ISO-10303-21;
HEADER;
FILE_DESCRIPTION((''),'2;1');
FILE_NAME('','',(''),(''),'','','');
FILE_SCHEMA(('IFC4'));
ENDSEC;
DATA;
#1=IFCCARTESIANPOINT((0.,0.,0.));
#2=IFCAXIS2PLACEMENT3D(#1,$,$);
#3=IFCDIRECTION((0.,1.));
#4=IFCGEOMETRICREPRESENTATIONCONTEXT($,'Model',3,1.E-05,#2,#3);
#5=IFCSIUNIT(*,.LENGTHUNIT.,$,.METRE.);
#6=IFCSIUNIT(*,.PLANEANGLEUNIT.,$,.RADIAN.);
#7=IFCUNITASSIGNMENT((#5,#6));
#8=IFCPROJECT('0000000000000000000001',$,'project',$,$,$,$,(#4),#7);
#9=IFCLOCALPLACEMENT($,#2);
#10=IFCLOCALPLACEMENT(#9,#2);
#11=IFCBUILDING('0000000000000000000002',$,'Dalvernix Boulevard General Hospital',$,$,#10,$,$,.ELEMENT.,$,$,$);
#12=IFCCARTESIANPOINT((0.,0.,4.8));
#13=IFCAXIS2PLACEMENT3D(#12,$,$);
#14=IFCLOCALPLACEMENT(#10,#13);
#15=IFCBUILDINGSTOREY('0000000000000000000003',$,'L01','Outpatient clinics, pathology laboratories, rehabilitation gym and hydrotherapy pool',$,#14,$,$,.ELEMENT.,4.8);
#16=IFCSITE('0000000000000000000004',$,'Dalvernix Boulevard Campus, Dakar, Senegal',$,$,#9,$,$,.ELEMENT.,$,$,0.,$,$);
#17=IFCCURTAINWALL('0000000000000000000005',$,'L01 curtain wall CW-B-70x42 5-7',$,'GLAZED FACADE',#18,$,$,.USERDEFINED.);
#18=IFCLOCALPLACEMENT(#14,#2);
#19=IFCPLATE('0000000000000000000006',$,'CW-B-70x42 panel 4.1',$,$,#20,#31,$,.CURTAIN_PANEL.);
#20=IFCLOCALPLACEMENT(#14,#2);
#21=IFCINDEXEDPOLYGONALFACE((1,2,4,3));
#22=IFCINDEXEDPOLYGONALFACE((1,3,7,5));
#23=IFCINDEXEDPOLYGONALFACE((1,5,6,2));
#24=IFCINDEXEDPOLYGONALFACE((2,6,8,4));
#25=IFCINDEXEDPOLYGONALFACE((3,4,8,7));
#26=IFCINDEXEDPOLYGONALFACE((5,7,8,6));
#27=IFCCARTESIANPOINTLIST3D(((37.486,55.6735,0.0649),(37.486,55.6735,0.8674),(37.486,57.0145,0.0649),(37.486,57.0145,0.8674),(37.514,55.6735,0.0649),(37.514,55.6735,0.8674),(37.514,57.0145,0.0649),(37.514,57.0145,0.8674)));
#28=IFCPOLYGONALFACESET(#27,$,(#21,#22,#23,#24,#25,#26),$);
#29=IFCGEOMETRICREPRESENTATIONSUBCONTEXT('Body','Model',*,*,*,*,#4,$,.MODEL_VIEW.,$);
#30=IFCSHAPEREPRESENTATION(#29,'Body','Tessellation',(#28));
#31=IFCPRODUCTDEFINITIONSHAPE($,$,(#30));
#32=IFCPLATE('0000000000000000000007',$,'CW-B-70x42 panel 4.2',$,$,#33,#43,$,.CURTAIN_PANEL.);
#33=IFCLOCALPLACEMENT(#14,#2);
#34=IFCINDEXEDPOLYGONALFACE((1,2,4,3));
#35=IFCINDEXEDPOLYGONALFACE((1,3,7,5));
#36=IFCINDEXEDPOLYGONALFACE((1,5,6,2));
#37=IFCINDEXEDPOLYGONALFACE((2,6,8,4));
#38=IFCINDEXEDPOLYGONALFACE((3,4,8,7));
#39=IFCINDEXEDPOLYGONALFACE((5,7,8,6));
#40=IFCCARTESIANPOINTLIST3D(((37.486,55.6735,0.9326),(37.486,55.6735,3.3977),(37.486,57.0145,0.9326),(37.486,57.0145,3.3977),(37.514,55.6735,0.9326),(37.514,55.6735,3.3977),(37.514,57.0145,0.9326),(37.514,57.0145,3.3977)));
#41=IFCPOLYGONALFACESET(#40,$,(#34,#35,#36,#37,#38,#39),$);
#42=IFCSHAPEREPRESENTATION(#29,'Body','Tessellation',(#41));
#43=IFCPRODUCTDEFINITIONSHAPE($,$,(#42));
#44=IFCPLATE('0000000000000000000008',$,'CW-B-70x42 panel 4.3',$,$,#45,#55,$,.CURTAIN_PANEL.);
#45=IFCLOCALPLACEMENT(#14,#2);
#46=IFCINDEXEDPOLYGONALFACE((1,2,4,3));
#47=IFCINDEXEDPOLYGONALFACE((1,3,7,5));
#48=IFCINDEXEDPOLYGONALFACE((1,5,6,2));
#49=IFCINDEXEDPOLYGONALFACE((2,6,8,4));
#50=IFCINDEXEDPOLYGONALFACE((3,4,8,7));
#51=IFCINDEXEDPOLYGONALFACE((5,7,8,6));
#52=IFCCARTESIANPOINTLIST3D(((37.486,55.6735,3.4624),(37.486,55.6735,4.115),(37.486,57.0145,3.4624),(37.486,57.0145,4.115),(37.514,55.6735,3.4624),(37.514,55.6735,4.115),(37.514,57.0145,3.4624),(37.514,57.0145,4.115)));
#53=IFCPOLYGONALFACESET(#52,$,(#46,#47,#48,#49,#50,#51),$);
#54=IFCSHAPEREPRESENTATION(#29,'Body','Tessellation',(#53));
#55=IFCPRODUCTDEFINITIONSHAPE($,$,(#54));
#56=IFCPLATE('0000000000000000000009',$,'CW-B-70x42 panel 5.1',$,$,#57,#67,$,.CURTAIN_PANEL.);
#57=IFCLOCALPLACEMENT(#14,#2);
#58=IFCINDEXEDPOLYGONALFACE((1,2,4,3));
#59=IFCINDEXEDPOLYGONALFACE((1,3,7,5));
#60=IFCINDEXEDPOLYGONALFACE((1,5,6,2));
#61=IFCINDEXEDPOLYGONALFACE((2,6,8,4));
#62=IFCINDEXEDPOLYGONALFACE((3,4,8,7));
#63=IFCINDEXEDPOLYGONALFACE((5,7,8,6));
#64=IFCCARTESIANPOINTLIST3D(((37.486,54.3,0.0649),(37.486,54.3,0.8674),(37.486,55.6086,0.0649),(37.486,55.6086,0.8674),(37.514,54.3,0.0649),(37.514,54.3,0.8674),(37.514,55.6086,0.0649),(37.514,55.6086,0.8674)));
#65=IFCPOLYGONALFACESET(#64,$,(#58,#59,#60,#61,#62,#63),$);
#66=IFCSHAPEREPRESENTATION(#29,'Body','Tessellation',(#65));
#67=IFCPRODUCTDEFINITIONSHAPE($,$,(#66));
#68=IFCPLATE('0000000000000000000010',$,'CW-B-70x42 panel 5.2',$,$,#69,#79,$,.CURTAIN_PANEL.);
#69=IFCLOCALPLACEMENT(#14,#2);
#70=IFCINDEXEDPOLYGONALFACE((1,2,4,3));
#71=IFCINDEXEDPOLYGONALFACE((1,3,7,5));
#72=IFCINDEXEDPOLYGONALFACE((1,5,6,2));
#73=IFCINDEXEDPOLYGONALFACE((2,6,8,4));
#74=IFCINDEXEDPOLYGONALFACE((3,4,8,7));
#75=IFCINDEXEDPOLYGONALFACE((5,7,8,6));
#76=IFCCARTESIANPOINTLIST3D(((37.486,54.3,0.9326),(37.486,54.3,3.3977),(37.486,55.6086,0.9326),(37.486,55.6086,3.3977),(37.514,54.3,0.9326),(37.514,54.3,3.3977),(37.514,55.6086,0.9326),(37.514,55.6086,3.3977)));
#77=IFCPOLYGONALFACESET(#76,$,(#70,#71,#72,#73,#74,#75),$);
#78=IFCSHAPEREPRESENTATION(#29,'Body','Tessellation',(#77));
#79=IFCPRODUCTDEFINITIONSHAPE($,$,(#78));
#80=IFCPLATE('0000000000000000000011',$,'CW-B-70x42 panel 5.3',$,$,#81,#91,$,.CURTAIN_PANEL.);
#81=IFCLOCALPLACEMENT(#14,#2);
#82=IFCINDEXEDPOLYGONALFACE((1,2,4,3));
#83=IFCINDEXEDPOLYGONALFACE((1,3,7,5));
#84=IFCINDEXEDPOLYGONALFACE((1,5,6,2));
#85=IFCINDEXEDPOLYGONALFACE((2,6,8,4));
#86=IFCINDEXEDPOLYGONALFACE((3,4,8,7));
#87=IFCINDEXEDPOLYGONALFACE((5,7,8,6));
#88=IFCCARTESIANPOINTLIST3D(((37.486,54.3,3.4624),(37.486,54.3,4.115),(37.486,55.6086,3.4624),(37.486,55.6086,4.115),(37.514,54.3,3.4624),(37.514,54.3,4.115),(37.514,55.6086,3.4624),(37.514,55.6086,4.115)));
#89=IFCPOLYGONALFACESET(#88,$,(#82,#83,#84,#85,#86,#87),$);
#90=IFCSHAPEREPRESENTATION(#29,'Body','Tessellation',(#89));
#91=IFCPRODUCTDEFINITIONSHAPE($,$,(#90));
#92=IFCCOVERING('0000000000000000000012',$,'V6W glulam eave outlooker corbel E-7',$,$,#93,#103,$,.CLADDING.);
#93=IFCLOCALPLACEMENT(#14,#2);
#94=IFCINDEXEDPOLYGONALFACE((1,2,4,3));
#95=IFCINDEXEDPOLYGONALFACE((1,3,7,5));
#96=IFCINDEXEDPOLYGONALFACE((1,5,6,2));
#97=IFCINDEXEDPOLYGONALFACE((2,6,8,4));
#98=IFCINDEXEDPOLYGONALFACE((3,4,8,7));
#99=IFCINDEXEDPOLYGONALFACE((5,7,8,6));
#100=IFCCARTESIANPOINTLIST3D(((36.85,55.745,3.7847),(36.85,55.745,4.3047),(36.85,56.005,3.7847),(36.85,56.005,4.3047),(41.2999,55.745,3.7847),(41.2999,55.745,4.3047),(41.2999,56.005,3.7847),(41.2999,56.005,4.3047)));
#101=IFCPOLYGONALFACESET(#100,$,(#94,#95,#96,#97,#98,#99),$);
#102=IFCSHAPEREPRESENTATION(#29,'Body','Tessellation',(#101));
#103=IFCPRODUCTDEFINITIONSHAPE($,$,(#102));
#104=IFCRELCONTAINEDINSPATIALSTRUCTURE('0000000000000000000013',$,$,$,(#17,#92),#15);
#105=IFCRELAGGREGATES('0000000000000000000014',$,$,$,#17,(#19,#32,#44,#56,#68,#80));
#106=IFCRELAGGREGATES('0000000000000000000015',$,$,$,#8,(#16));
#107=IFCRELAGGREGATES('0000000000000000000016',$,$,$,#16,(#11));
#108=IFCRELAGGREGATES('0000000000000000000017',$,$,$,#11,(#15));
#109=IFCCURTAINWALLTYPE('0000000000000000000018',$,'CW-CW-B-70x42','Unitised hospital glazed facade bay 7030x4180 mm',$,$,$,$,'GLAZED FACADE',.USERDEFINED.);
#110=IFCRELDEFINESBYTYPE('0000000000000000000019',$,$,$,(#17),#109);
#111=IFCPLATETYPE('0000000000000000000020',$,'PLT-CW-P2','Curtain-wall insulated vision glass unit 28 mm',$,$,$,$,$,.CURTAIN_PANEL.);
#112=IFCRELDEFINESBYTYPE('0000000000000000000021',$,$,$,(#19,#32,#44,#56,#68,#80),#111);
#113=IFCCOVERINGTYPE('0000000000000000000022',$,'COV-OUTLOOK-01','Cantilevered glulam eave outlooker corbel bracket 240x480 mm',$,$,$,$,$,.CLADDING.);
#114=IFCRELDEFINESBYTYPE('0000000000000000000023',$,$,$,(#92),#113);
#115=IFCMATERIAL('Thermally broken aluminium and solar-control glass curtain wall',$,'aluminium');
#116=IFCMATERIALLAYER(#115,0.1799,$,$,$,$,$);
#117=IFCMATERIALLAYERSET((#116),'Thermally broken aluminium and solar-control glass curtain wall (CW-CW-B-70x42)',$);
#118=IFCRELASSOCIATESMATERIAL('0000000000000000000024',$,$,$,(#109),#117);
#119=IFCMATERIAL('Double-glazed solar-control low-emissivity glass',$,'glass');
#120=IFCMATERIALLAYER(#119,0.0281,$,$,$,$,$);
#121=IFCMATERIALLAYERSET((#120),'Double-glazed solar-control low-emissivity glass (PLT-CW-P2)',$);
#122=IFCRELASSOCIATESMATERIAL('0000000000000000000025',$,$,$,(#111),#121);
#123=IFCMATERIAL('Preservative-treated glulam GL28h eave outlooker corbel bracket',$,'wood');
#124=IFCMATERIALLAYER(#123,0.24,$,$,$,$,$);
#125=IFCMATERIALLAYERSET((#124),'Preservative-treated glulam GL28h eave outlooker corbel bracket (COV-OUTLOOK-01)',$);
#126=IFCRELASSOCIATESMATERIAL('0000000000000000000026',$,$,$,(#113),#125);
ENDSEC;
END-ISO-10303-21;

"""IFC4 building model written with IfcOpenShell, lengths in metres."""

from ifc_helpers import new_model, si_unit, direction, frame, origin, origin_2d, place, context, subcontext, project, spatial, rectangle, extrude, material, layer, layer_set, type_object, element, aggregate, save


model = new_model("IFC4")

# Units and contexts
model_context = context("Model", 3, precision=1e-05, world=origin(), true_north=direction((0.0, 1.0)))
body_context = subcontext(model_context, "Body", "Model", "MODEL_VIEW")
ifc_project = project(units=[si_unit("LENGTHUNIT", "METRE"), si_unit("PLANEANGLEUNIT", "RADIAN")], contexts=[model_context])

# Site, building, storey
site_placement = place(None, origin())
site = spatial("IfcSite", under=ifc_project, at=site_placement, Name="Dalvernix Boulevard Campus, Dakar, Senegal", CompositionType="ELEMENT", RefElevation=0.0)
building_placement = place(site_placement, origin())
building = spatial("IfcBuilding", under=site, at=building_placement, Name="Dalvernix Boulevard General Hospital", CompositionType="ELEMENT")
storey_placement = place(building_placement, frame((0.0, 0.0, 4.8)))
storey = spatial("IfcBuildingStorey", under=building, at=storey_placement, Name="L01", Description="Outpatient clinics, pathology laboratories, rehabilitation gym and hydrotherapy pool", CompositionType="ELEMENT", Elevation=4.8)

# Shared definitions
ifc_material_1 = material(Name="Thermally broken aluminium and solar-control glass curtain wall", Category="aluminium")

# Curtain wall
ifc_layer_1 = layer(ifc_material_1, 0.1799)
ifc_layer_set_1 = layer_set([ifc_layer_1], Name="Thermally broken aluminium and solar-control glass curtain wall (CW-CW-B-70x42)")
curtain_wall_type_1 = type_object("IfcCurtainWallType", Name="CW-CW-B-70x42", Description="Unitised hospital glazed facade bay 7030x4180 mm", ElementType="GLAZED FACADE", PredefinedType="USERDEFINED", material=ifc_layer_set_1)
curtain_wall_1_placement = place(storey_placement, origin())
curtain_wall_1 = element("IfcCurtainWall", 1, at=curtain_wall_1_placement, inside=storey, type_object=curtain_wall_type_1, Name="L01 curtain wall CW-B-70x42 5-7", ObjectType="GLAZED FACADE", PredefinedType="USERDEFINED")

# Plates
ifc_material_2 = material(Name="Double-glazed solar-control low-emissivity glass", Category="glass")
ifc_layer_2 = layer(ifc_material_2, 0.0281)
ifc_layer_set_2 = layer_set([ifc_layer_2], Name="Double-glazed solar-control low-emissivity glass (PLT-CW-P2)")
plate_type = type_object("IfcPlateType", Name="PLT-CW-P2", Description="Curtain-wall insulated vision glass unit 28 mm", PredefinedType="CURTAIN_PANEL", material=ifc_layer_set_2)
plate_1_placement = place(storey_placement, frame((37.5, 56.344, 0.0649), z_axis=(0.0, 0.0, 1.0), x_axis=(0.0, -1.0, 0.0)))
plate_1 = element("IfcPlate", 2, at=plate_1_placement, type_object=plate_type, Name="CW-B-70x42 panel 4.1", PredefinedType="CURTAIN_PANEL", context=body_context, shape_type="SweptSolid", body=[
    extrude(rectangle(XDim=1.3411, YDim=0.0281, at=origin_2d()), origin(), (0.0, 0.0, 1.0), 0.8025),
])
plate_2_placement = place(storey_placement, frame((37.5, 56.344, 0.9326), z_axis=(0.0, 0.0, 1.0), x_axis=(0.0, -1.0, 0.0)))
plate_2 = element("IfcPlate", 3, at=plate_2_placement, type_object=plate_type, Name="CW-B-70x42 panel 4.2", PredefinedType="CURTAIN_PANEL", context=body_context, shape_type="SweptSolid", body=[
    extrude(rectangle(XDim=1.3411, YDim=0.0281, at=origin_2d()), origin(), (0.0, 0.0, 1.0), 2.4651),
])
plate_3_placement = place(storey_placement, frame((37.5, 56.344, 3.4624), z_axis=(0.0, 0.0, 1.0), x_axis=(0.0, -1.0, 0.0)))
plate_3 = element("IfcPlate", 4, at=plate_3_placement, type_object=plate_type, Name="CW-B-70x42 panel 4.3", PredefinedType="CURTAIN_PANEL", context=body_context, shape_type="SweptSolid", body=[
    extrude(rectangle(XDim=1.3411, YDim=0.0281, at=origin_2d()), origin(), (0.0, 0.0, 1.0), 0.6526),
])
plate_4_placement = place(storey_placement, frame((37.5, 54.9543, 0.0649), z_axis=(0.0, 0.0, 1.0), x_axis=(0.0, -1.0, 0.0)))
plate_4 = element("IfcPlate", 5, at=plate_4_placement, type_object=plate_type, Name="CW-B-70x42 panel 5.1", PredefinedType="CURTAIN_PANEL", context=body_context, shape_type="SweptSolid", body=[
    extrude(rectangle(XDim=1.3086, YDim=0.0281, at=origin_2d()), origin(), (0.0, 0.0, 1.0), 0.8025),
])
plate_5_placement = place(storey_placement, frame((37.5, 54.9543, 0.9326), z_axis=(0.0, 0.0, 1.0), x_axis=(0.0, -1.0, 0.0)))
plate_5 = element("IfcPlate", 6, at=plate_5_placement, type_object=plate_type, Name="CW-B-70x42 panel 5.2", PredefinedType="CURTAIN_PANEL", context=body_context, shape_type="SweptSolid", body=[
    extrude(rectangle(XDim=1.3086, YDim=0.0281, at=origin_2d()), origin(), (0.0, 0.0, 1.0), 2.4651),
])
plate_6_placement = place(storey_placement, frame((37.5, 54.9543, 3.4624), z_axis=(0.0, 0.0, 1.0), x_axis=(0.0, -1.0, 0.0)))
plate_6 = element("IfcPlate", 7, at=plate_6_placement, type_object=plate_type, Name="CW-B-70x42 panel 5.3", PredefinedType="CURTAIN_PANEL", context=body_context, shape_type="SweptSolid", body=[
    extrude(rectangle(XDim=1.3086, YDim=0.0281, at=origin_2d()), origin(), (0.0, 0.0, 1.0), 0.6526),
])
aggregate(curtain_wall_1, [plate_1, plate_2, plate_3, plate_4, plate_5, plate_6])

# Covering
ifc_material_3 = material(Name="Preservative-treated glulam GL28h eave outlooker corbel bracket", Category="wood")
ifc_layer_3 = layer(ifc_material_3, 0.24)
ifc_layer_set_3 = layer_set([ifc_layer_3], Name="Preservative-treated glulam GL28h eave outlooker corbel bracket (COV-OUTLOOK-01)")
covering_type = type_object("IfcCoveringType", Name="COV-OUTLOOK-01", Description="Cantilevered glulam eave outlooker corbel bracket 240x480 mm", PredefinedType="CLADDING", material=ifc_layer_set_3)
covering_placement = place(storey_placement, frame((39.075, 55.875, 3.7847), z_axis=(0.0, 0.0, 1.0), x_axis=(1.0, 0.0, 0.0)))
element("IfcCovering", 8, at=covering_placement, inside=storey, type_object=covering_type, Name="V6W glulam eave outlooker corbel E-7", PredefinedType="CLADDING", context=body_context, shape_type="SweptSolid", body=[
    extrude(rectangle(XDim=4.45, YDim=0.26, at=origin_2d()), origin(), (0.0, 0.0, 1.0), 0.52),
])

save(model, "model.ifc")
